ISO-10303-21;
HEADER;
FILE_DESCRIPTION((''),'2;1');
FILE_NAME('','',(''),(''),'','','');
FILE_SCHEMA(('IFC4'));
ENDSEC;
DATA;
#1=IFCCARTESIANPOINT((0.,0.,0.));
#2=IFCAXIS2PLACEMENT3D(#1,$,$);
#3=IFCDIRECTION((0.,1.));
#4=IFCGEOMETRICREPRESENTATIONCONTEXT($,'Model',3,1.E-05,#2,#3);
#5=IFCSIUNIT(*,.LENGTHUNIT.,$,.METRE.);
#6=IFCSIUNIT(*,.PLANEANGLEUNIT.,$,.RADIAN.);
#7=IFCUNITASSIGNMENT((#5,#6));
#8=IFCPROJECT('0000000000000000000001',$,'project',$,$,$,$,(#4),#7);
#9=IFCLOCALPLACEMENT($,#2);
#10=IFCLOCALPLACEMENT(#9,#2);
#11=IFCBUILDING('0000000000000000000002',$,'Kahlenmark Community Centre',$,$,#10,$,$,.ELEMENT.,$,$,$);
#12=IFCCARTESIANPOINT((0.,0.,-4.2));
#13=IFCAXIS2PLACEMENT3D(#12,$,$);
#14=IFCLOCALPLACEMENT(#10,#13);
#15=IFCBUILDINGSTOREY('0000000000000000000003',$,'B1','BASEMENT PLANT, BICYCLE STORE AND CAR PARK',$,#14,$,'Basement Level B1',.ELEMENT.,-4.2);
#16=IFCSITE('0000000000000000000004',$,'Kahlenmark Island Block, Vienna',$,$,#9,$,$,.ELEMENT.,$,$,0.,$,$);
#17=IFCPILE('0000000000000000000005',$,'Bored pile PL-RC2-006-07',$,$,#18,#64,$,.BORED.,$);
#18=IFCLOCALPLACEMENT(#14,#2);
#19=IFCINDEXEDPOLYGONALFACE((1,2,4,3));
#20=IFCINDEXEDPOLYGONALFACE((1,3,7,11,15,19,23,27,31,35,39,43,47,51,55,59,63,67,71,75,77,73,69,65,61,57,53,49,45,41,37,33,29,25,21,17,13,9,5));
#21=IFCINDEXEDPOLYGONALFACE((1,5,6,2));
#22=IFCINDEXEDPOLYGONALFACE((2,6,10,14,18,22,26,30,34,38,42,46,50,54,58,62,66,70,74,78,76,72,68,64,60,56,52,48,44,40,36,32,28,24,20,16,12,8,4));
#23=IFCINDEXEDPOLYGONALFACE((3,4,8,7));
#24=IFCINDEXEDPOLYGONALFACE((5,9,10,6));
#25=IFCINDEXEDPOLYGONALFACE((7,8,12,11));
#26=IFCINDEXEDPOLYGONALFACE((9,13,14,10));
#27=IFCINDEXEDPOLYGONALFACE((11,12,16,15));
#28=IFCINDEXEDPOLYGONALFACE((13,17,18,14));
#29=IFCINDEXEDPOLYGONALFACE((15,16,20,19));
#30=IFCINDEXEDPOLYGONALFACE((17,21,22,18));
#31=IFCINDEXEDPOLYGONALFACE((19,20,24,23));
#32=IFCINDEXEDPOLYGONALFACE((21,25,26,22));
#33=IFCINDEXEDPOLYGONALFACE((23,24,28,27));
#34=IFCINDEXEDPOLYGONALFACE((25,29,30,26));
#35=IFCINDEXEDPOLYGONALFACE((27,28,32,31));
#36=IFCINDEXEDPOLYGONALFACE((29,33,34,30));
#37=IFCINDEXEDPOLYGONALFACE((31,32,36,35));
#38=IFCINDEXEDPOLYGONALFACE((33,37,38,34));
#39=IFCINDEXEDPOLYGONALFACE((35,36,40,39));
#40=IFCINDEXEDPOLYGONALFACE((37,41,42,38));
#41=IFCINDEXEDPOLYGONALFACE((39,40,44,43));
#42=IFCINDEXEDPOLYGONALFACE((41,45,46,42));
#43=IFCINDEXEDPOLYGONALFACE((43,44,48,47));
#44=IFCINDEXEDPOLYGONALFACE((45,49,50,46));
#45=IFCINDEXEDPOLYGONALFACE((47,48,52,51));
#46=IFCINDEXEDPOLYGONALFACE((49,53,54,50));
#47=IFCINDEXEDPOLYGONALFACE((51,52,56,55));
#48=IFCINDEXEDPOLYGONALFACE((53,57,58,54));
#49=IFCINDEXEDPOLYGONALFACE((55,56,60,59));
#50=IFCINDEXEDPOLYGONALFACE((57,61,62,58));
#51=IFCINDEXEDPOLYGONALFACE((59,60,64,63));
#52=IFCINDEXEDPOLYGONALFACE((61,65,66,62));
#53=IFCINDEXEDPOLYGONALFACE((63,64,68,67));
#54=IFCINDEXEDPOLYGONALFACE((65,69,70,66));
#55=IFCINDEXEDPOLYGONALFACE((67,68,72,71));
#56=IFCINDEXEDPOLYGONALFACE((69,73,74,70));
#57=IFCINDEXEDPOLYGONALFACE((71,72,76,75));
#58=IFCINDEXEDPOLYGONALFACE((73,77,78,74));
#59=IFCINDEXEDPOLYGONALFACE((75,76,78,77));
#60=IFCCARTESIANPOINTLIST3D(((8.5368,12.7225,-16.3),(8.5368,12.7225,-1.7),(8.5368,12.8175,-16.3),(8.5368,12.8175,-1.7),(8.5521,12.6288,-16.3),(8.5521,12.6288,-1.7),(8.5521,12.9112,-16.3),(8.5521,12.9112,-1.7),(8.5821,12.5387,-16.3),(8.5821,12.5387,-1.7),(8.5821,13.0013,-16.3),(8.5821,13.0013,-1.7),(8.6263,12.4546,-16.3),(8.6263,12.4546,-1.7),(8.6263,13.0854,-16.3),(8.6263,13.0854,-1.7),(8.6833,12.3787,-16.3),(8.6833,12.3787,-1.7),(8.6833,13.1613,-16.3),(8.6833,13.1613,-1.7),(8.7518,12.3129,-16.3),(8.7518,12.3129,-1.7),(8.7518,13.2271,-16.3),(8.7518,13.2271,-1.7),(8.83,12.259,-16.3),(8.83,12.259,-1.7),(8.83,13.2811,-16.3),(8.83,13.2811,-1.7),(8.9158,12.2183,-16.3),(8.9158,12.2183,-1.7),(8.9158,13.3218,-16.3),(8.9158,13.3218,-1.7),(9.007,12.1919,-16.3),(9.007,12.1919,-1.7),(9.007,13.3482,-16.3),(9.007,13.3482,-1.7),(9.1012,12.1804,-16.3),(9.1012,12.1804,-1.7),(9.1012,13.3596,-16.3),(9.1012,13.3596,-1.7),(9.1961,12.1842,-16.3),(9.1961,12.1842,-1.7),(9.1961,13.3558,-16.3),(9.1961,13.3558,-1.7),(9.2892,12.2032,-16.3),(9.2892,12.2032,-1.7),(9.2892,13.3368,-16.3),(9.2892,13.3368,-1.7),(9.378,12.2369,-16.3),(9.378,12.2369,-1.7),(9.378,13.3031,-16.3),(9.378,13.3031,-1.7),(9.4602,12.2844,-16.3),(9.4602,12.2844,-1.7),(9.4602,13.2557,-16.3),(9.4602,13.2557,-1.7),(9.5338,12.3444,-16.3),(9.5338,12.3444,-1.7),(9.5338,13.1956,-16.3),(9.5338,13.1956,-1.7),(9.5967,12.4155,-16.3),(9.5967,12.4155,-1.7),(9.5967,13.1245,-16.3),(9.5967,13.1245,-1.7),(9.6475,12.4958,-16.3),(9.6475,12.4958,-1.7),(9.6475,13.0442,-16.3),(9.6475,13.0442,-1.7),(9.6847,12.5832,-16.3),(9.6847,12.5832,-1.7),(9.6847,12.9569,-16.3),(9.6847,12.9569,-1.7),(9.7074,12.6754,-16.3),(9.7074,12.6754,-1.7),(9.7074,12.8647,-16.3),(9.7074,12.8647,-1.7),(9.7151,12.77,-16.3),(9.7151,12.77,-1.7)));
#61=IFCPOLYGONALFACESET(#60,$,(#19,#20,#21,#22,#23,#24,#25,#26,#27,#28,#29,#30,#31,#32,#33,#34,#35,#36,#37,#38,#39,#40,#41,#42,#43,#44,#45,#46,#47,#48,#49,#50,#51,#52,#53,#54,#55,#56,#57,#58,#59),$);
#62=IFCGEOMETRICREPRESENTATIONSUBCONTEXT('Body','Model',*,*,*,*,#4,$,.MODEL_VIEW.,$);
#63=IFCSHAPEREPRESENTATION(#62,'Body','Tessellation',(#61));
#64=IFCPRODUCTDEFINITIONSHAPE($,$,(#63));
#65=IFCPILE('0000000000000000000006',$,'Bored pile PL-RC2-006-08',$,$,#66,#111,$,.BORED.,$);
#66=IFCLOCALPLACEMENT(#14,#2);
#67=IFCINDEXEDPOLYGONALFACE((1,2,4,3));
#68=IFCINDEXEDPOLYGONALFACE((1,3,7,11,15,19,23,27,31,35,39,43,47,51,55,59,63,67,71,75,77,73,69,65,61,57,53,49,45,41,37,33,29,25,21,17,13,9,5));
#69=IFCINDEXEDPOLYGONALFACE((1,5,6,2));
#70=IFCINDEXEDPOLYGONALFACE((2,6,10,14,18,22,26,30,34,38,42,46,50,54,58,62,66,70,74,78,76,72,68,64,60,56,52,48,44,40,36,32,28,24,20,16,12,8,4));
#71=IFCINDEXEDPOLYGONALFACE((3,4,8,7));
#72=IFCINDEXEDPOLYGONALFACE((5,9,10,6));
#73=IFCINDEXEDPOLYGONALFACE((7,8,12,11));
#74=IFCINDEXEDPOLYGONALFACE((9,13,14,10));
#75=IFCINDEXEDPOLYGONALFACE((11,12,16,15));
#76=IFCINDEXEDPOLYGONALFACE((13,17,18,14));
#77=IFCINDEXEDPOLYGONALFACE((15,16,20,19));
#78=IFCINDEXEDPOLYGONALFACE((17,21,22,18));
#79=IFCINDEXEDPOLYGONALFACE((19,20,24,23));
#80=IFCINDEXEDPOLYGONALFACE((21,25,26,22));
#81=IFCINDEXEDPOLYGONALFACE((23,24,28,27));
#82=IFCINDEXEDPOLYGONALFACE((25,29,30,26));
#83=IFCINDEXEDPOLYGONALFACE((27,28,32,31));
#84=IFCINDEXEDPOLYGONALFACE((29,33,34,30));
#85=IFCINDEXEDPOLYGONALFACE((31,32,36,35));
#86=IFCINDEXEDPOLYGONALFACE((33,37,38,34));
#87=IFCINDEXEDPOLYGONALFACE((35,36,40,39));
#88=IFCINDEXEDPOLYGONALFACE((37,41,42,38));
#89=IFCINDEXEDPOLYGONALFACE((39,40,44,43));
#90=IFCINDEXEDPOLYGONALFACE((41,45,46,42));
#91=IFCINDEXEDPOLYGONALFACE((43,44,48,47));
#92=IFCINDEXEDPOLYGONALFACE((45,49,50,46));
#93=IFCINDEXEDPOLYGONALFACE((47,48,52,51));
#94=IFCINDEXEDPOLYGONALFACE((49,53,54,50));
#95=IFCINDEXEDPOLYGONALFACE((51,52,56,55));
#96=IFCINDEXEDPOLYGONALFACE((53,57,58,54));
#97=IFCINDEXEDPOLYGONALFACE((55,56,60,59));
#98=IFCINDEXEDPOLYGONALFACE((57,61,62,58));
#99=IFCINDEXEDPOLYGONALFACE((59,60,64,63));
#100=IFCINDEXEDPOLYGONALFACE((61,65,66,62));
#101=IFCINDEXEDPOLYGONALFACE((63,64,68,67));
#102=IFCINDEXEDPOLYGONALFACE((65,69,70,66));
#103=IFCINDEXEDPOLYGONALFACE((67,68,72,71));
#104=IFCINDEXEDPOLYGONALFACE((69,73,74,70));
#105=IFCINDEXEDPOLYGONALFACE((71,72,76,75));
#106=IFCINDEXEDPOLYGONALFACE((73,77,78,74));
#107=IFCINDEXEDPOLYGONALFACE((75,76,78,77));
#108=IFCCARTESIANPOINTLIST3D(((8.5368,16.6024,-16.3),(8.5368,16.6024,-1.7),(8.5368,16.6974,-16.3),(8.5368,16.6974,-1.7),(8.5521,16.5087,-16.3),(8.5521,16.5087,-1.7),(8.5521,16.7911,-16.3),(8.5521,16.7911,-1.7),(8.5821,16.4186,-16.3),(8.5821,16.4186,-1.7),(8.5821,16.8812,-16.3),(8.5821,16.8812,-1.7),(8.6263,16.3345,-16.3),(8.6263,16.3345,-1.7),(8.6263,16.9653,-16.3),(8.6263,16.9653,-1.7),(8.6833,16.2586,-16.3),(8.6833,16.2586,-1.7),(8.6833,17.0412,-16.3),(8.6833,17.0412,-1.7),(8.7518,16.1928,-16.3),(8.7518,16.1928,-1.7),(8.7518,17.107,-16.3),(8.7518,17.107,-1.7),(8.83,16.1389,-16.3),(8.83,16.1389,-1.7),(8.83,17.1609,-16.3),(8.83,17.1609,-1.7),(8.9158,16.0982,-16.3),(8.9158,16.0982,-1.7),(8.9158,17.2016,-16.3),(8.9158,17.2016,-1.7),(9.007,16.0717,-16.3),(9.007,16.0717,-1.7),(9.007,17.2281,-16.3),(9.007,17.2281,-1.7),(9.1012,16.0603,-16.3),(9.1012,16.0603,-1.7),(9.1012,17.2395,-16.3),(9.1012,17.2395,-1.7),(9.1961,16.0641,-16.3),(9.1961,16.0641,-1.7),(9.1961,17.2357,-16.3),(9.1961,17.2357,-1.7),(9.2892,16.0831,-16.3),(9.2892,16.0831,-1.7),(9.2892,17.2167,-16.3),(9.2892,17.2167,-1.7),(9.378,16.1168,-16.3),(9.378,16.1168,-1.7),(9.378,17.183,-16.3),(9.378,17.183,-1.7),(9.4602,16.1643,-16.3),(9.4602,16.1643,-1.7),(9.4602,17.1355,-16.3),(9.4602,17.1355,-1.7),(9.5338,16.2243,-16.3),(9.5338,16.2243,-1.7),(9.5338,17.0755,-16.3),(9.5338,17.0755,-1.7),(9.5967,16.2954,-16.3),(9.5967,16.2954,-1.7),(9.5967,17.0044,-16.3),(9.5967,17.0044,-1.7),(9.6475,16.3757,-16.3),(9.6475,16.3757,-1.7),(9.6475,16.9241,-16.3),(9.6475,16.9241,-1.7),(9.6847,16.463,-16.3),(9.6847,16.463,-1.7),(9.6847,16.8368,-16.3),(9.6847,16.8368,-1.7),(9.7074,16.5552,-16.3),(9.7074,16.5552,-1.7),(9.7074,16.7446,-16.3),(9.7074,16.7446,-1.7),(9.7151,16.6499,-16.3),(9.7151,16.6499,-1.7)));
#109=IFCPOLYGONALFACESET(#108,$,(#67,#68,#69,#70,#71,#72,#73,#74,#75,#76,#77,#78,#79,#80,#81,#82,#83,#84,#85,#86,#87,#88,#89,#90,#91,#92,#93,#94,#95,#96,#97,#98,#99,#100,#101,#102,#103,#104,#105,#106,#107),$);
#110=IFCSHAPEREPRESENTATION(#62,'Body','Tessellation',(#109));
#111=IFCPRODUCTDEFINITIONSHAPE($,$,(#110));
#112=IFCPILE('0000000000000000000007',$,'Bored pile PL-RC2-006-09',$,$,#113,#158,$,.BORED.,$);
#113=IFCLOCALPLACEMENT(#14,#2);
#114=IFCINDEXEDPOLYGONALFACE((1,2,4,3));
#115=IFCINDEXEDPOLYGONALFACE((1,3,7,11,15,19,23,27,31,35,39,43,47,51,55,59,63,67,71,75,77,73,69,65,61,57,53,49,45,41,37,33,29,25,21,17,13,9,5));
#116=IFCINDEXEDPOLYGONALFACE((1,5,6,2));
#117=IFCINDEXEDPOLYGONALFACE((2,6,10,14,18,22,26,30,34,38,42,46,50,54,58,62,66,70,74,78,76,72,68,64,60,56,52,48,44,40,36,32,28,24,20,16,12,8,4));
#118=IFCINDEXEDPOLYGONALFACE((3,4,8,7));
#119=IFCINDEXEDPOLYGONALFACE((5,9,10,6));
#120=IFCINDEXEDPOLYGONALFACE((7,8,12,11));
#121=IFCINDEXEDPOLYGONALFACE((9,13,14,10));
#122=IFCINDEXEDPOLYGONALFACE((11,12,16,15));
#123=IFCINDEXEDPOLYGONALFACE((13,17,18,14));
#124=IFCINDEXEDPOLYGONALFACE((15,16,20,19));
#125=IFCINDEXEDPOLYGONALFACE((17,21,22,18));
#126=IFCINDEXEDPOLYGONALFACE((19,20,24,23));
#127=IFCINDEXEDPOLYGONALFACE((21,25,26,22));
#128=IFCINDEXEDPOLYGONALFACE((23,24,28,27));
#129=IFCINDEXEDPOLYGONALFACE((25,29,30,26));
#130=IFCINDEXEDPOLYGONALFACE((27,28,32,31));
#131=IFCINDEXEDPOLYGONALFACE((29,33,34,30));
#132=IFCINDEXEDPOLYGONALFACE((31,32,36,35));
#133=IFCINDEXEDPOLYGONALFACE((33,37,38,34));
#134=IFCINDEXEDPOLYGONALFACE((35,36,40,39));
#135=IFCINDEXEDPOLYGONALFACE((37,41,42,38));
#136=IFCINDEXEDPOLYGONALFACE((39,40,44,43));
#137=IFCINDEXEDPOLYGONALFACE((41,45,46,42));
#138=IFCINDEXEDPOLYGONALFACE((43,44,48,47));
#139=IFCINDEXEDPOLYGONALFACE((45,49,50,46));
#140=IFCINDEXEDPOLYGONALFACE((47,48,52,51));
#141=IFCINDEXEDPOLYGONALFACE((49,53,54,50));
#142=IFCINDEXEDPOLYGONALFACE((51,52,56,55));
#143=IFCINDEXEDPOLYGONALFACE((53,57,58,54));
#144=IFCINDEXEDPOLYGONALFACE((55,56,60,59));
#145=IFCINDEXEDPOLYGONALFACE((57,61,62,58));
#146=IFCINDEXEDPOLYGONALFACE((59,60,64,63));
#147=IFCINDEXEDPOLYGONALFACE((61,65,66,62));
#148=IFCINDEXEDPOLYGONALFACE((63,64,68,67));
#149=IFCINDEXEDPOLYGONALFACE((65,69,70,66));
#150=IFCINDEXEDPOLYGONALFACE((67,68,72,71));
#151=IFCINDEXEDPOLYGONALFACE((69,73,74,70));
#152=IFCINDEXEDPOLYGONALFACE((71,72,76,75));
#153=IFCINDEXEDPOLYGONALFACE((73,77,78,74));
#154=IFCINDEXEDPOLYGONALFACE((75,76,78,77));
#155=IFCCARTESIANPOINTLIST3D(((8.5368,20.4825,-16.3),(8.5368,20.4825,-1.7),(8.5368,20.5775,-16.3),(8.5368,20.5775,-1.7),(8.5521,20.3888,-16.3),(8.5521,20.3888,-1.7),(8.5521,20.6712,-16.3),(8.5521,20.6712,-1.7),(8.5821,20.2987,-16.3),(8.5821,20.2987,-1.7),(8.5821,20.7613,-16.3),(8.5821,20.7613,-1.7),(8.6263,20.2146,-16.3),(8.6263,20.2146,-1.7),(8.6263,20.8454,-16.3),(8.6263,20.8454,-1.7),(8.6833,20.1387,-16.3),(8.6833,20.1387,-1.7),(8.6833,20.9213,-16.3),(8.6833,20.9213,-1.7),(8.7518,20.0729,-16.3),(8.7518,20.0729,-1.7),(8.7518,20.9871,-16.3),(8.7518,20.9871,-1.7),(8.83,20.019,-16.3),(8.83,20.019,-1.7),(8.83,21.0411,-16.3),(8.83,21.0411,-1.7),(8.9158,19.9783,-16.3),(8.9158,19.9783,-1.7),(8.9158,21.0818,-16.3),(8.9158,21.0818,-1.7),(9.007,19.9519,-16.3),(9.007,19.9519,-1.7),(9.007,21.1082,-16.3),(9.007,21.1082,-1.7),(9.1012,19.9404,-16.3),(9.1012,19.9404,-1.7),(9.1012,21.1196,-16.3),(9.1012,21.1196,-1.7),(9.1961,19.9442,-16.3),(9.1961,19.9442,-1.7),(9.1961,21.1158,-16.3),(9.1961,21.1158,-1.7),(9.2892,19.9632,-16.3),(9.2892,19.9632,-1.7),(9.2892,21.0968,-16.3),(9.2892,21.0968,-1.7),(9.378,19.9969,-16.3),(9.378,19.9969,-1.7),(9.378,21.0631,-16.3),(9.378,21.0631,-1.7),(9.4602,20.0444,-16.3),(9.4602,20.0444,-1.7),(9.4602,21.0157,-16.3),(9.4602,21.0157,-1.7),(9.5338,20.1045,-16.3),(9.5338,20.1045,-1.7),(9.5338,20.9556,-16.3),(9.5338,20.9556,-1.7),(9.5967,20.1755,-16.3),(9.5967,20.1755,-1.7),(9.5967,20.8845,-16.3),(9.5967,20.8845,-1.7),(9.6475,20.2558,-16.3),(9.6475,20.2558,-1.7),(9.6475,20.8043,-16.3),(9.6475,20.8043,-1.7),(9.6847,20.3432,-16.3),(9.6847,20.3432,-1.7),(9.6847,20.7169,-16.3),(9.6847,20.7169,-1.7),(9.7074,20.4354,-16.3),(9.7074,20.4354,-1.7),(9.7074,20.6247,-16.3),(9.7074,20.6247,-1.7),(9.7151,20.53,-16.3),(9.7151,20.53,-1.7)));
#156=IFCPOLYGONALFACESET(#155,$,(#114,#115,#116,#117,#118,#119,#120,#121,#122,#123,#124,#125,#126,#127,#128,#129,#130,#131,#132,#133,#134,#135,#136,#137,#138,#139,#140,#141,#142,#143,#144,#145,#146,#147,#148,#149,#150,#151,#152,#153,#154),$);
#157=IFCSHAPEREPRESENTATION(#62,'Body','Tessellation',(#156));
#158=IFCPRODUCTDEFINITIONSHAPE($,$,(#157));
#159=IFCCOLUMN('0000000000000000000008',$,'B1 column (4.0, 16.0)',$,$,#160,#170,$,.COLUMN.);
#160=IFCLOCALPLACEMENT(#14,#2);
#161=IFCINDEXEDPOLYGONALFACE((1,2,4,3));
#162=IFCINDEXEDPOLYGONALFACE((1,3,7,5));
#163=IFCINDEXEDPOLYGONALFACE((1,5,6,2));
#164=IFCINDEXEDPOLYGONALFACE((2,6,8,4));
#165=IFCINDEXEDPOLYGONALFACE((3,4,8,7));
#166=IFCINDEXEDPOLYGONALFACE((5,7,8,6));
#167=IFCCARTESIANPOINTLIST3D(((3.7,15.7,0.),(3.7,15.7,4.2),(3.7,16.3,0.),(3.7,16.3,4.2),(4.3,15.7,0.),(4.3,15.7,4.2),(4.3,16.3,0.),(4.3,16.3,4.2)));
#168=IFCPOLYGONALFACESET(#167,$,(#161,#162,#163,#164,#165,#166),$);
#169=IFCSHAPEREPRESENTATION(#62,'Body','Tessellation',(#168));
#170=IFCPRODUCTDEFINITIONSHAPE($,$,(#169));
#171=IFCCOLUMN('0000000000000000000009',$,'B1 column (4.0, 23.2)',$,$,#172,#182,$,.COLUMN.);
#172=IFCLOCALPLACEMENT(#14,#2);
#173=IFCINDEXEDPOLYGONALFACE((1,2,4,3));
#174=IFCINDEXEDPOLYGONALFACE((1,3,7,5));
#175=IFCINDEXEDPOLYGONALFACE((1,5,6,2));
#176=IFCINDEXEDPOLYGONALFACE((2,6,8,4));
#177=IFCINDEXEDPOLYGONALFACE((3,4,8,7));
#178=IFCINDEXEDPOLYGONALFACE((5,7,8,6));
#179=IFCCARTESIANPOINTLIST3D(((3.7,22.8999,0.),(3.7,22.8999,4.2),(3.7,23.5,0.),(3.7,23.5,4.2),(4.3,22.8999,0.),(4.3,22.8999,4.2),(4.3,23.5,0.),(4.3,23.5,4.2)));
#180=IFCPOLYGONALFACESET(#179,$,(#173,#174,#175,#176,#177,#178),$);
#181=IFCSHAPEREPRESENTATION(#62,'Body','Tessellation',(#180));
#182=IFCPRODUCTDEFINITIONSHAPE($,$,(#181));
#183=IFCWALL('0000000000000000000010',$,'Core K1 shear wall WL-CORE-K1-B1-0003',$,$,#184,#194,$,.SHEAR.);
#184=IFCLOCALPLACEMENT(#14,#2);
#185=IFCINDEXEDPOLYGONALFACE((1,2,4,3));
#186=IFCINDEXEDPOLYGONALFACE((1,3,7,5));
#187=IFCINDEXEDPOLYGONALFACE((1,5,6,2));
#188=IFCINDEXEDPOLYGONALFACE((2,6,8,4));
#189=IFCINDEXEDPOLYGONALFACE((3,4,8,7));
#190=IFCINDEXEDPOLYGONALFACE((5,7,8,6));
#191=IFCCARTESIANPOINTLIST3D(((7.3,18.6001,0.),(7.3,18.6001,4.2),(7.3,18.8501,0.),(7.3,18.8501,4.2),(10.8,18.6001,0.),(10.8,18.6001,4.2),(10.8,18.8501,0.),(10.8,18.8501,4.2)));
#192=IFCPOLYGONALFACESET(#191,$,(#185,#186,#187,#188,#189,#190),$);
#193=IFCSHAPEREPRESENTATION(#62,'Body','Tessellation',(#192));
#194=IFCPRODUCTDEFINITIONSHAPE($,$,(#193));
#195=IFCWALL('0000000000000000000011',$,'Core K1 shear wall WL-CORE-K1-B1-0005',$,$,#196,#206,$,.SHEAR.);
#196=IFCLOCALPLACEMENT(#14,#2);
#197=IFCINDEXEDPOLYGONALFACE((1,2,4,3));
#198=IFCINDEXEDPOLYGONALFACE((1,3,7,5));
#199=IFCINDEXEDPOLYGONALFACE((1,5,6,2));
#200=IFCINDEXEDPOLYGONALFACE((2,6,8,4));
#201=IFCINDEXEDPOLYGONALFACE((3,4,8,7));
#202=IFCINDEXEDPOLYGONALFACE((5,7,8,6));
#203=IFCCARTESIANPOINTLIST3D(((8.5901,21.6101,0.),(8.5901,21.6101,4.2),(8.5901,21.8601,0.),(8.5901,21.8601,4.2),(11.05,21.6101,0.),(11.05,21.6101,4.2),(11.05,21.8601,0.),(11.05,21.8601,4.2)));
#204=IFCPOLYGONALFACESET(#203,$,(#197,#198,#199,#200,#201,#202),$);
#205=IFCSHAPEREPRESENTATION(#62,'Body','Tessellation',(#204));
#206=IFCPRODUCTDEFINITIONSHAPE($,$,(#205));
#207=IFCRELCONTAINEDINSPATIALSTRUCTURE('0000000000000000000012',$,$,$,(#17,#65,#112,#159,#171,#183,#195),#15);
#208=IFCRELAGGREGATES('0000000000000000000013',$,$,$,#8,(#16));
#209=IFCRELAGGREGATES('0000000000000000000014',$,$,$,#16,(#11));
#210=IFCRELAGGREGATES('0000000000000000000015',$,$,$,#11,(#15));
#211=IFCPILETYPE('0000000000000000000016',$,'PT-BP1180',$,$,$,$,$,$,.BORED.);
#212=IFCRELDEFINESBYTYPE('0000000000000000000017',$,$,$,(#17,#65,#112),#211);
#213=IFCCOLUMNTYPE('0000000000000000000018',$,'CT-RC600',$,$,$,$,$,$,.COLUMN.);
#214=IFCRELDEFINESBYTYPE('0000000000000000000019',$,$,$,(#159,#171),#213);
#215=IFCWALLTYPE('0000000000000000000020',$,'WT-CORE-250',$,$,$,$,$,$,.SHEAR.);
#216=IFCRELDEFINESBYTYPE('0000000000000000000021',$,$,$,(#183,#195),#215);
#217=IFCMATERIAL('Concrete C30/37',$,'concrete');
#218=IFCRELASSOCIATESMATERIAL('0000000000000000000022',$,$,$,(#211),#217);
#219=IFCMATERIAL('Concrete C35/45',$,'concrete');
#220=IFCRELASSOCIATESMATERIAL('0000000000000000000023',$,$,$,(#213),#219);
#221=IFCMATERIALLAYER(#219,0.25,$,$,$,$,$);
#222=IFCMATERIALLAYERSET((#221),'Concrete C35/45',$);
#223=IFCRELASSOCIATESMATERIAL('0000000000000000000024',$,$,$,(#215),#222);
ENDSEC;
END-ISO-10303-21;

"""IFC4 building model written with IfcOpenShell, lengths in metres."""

from ifc_helpers import new_model, si_unit, direction, frame, frame_2d, origin, origin_2d, place, context, subcontext, project, spatial, rectangle, circle, extrude, material, layer, layer_set, material_profile, profile_set, type_object, element, save


model = new_model("IFC4")

# Units and contexts
model_context = context("Model", 3, precision=1e-05, world=origin(), true_north=direction((0.0, 1.0)))
body_context = subcontext(model_context, "Body", "Model", "MODEL_VIEW")
ifc_project = project(units=[si_unit("LENGTHUNIT", "METRE"), si_unit("PLANEANGLEUNIT", "RADIAN")], contexts=[model_context])

# Site, building, storey
site_placement = place(None, origin())
site = spatial("IfcSite", under=ifc_project, at=site_placement, Name="Kahlenmark Island Block, Vienna", CompositionType="ELEMENT", RefElevation=0.0)
building_placement = place(site_placement, origin())
building = spatial("IfcBuilding", under=site, at=building_placement, Name="Kahlenmark Community Centre", CompositionType="ELEMENT")
storey_placement = place(building_placement, frame((0.0, 0.0, -4.2)))
storey = spatial("IfcBuildingStorey", under=building, at=storey_placement, Name="B1", Description="BASEMENT PLANT, BICYCLE STORE AND CAR PARK", LongName="Basement Level B1", CompositionType="ELEMENT", Elevation=-4.2)

# Shared definitions
ifc_material_1 = material(Name="Concrete C30/37", Category="concrete")

# Piles
ifc_material_profile_1 = material_profile(ifc_material_1, circle(Radius=0.5901, at=origin_2d()), Name="BORED PILE 1180")
ifc_profile_set_1 = profile_set([ifc_material_profile_1], Name="Concrete C30/37")
pile_type = type_object("IfcPileType", Name="PT-BP1180", PredefinedType="BORED", material=ifc_profile_set_1)
for number, where, z_axis, x_axis, name in (
    (1, (9.125, 12.77, -1.7), (0.0, 0.0, -1.0), (1.0, 0.0, 0.0), "Bored pile PL-RC2-006-07"),
    (2, (9.125, 16.6499, -1.7), (0.0, 0.0, -1.0), (1.0, 0.0, 0.0), "Bored pile PL-RC2-006-08"),
    (3, (9.125, 20.53, -1.7), (0.0, 0.0, -1.0), (1.0, 0.0, 0.0), "Bored pile PL-RC2-006-09"),
):
    element("IfcPile", number, at=place(storey_placement, frame(where, z_axis=z_axis, x_axis=x_axis)), inside=storey, type_object=pile_type, Name=name, PredefinedType="BORED", context=body_context, shape_type="SweptSolid", body=[
        extrude(circle(Radius=0.5901, at=origin_2d()), origin(), (0.0, 0.0, 1.0), 14.6001),
    ])

# Columns
ifc_material_2 = material(Name="Concrete C35/45", Category="concrete")
ifc_material_profile_2 = material_profile(ifc_material_2, rectangle(XDim=0.6001, YDim=0.6001, at=origin_2d()), Name="RC 600x600")
ifc_profile_set_2 = profile_set([ifc_material_profile_2], Name="Concrete C35/45")
column_type = type_object("IfcColumnType", Name="CT-RC600", PredefinedType="COLUMN", material=ifc_profile_set_2)
for number, where, z_axis, x_axis, name in (
    (4, (4.0, 16.0, 0.0), (0.0, 0.0, 1.0), (1.0, 0.0, 0.0), "B1 column (4.0, 16.0)"),
    (5, (4.0, 23.2, 0.0), (0.0, 0.0, 1.0), (1.0, 0.0, 0.0), "B1 column (4.0, 23.2)"),
):
    element("IfcColumn", number, at=place(storey_placement, frame(where, z_axis=z_axis, x_axis=x_axis)), inside=storey, type_object=column_type, Name=name, PredefinedType="COLUMN", context=body_context, shape_type="SweptSolid", body=[
        extrude(rectangle(XDim=0.6001, YDim=0.6001, at=origin_2d()), origin(), (0.0, 0.0, 1.0), 4.2),
    ])

# Walls
ifc_layer_1 = layer(ifc_material_2, 0.25)
ifc_layer_set_1 = layer_set([ifc_layer_1], Name="Concrete C35/45")
wall_type_1 = type_object("IfcWallType", Name="WT-CORE-250", PredefinedType="SHEAR", material=ifc_layer_set_1)
wall_1_placement = place(storey_placement, frame((10.8, 18.7251, 0.0), z_axis=(0.0, 0.0, 1.0), x_axis=(-1.0, 0.0, 0.0)))
element("IfcWall", 6, at=wall_1_placement, inside=storey, type_object=wall_type_1, Name="Core K1 shear wall WL-CORE-K1-B1-0003", PredefinedType="SHEAR", context=body_context, shape_type="SweptSolid", body=[
    extrude(rectangle(XDim=3.5, YDim=0.25, at=frame_2d((1.75, 0.0))), origin(), (0.0, 0.0, 1.0), 4.2),
])
wall_2_placement = place(storey_placement, frame((8.5901, 21.7351, 0.0), z_axis=(0.0, 0.0, 1.0), x_axis=(1.0, 0.0, 0.0)))
element("IfcWall", 7, at=wall_2_placement, inside=storey, type_object=wall_type_1, Name="Core K1 shear wall WL-CORE-K1-B1-0005", PredefinedType="SHEAR", context=body_context, shape_type="SweptSolid", body=[
    extrude(rectangle(XDim=2.46, YDim=0.25, at=frame_2d((1.23, 0.0))), origin(), (0.0, 0.0, 1.0), 4.2),
])

save(model, "model.ifc")
